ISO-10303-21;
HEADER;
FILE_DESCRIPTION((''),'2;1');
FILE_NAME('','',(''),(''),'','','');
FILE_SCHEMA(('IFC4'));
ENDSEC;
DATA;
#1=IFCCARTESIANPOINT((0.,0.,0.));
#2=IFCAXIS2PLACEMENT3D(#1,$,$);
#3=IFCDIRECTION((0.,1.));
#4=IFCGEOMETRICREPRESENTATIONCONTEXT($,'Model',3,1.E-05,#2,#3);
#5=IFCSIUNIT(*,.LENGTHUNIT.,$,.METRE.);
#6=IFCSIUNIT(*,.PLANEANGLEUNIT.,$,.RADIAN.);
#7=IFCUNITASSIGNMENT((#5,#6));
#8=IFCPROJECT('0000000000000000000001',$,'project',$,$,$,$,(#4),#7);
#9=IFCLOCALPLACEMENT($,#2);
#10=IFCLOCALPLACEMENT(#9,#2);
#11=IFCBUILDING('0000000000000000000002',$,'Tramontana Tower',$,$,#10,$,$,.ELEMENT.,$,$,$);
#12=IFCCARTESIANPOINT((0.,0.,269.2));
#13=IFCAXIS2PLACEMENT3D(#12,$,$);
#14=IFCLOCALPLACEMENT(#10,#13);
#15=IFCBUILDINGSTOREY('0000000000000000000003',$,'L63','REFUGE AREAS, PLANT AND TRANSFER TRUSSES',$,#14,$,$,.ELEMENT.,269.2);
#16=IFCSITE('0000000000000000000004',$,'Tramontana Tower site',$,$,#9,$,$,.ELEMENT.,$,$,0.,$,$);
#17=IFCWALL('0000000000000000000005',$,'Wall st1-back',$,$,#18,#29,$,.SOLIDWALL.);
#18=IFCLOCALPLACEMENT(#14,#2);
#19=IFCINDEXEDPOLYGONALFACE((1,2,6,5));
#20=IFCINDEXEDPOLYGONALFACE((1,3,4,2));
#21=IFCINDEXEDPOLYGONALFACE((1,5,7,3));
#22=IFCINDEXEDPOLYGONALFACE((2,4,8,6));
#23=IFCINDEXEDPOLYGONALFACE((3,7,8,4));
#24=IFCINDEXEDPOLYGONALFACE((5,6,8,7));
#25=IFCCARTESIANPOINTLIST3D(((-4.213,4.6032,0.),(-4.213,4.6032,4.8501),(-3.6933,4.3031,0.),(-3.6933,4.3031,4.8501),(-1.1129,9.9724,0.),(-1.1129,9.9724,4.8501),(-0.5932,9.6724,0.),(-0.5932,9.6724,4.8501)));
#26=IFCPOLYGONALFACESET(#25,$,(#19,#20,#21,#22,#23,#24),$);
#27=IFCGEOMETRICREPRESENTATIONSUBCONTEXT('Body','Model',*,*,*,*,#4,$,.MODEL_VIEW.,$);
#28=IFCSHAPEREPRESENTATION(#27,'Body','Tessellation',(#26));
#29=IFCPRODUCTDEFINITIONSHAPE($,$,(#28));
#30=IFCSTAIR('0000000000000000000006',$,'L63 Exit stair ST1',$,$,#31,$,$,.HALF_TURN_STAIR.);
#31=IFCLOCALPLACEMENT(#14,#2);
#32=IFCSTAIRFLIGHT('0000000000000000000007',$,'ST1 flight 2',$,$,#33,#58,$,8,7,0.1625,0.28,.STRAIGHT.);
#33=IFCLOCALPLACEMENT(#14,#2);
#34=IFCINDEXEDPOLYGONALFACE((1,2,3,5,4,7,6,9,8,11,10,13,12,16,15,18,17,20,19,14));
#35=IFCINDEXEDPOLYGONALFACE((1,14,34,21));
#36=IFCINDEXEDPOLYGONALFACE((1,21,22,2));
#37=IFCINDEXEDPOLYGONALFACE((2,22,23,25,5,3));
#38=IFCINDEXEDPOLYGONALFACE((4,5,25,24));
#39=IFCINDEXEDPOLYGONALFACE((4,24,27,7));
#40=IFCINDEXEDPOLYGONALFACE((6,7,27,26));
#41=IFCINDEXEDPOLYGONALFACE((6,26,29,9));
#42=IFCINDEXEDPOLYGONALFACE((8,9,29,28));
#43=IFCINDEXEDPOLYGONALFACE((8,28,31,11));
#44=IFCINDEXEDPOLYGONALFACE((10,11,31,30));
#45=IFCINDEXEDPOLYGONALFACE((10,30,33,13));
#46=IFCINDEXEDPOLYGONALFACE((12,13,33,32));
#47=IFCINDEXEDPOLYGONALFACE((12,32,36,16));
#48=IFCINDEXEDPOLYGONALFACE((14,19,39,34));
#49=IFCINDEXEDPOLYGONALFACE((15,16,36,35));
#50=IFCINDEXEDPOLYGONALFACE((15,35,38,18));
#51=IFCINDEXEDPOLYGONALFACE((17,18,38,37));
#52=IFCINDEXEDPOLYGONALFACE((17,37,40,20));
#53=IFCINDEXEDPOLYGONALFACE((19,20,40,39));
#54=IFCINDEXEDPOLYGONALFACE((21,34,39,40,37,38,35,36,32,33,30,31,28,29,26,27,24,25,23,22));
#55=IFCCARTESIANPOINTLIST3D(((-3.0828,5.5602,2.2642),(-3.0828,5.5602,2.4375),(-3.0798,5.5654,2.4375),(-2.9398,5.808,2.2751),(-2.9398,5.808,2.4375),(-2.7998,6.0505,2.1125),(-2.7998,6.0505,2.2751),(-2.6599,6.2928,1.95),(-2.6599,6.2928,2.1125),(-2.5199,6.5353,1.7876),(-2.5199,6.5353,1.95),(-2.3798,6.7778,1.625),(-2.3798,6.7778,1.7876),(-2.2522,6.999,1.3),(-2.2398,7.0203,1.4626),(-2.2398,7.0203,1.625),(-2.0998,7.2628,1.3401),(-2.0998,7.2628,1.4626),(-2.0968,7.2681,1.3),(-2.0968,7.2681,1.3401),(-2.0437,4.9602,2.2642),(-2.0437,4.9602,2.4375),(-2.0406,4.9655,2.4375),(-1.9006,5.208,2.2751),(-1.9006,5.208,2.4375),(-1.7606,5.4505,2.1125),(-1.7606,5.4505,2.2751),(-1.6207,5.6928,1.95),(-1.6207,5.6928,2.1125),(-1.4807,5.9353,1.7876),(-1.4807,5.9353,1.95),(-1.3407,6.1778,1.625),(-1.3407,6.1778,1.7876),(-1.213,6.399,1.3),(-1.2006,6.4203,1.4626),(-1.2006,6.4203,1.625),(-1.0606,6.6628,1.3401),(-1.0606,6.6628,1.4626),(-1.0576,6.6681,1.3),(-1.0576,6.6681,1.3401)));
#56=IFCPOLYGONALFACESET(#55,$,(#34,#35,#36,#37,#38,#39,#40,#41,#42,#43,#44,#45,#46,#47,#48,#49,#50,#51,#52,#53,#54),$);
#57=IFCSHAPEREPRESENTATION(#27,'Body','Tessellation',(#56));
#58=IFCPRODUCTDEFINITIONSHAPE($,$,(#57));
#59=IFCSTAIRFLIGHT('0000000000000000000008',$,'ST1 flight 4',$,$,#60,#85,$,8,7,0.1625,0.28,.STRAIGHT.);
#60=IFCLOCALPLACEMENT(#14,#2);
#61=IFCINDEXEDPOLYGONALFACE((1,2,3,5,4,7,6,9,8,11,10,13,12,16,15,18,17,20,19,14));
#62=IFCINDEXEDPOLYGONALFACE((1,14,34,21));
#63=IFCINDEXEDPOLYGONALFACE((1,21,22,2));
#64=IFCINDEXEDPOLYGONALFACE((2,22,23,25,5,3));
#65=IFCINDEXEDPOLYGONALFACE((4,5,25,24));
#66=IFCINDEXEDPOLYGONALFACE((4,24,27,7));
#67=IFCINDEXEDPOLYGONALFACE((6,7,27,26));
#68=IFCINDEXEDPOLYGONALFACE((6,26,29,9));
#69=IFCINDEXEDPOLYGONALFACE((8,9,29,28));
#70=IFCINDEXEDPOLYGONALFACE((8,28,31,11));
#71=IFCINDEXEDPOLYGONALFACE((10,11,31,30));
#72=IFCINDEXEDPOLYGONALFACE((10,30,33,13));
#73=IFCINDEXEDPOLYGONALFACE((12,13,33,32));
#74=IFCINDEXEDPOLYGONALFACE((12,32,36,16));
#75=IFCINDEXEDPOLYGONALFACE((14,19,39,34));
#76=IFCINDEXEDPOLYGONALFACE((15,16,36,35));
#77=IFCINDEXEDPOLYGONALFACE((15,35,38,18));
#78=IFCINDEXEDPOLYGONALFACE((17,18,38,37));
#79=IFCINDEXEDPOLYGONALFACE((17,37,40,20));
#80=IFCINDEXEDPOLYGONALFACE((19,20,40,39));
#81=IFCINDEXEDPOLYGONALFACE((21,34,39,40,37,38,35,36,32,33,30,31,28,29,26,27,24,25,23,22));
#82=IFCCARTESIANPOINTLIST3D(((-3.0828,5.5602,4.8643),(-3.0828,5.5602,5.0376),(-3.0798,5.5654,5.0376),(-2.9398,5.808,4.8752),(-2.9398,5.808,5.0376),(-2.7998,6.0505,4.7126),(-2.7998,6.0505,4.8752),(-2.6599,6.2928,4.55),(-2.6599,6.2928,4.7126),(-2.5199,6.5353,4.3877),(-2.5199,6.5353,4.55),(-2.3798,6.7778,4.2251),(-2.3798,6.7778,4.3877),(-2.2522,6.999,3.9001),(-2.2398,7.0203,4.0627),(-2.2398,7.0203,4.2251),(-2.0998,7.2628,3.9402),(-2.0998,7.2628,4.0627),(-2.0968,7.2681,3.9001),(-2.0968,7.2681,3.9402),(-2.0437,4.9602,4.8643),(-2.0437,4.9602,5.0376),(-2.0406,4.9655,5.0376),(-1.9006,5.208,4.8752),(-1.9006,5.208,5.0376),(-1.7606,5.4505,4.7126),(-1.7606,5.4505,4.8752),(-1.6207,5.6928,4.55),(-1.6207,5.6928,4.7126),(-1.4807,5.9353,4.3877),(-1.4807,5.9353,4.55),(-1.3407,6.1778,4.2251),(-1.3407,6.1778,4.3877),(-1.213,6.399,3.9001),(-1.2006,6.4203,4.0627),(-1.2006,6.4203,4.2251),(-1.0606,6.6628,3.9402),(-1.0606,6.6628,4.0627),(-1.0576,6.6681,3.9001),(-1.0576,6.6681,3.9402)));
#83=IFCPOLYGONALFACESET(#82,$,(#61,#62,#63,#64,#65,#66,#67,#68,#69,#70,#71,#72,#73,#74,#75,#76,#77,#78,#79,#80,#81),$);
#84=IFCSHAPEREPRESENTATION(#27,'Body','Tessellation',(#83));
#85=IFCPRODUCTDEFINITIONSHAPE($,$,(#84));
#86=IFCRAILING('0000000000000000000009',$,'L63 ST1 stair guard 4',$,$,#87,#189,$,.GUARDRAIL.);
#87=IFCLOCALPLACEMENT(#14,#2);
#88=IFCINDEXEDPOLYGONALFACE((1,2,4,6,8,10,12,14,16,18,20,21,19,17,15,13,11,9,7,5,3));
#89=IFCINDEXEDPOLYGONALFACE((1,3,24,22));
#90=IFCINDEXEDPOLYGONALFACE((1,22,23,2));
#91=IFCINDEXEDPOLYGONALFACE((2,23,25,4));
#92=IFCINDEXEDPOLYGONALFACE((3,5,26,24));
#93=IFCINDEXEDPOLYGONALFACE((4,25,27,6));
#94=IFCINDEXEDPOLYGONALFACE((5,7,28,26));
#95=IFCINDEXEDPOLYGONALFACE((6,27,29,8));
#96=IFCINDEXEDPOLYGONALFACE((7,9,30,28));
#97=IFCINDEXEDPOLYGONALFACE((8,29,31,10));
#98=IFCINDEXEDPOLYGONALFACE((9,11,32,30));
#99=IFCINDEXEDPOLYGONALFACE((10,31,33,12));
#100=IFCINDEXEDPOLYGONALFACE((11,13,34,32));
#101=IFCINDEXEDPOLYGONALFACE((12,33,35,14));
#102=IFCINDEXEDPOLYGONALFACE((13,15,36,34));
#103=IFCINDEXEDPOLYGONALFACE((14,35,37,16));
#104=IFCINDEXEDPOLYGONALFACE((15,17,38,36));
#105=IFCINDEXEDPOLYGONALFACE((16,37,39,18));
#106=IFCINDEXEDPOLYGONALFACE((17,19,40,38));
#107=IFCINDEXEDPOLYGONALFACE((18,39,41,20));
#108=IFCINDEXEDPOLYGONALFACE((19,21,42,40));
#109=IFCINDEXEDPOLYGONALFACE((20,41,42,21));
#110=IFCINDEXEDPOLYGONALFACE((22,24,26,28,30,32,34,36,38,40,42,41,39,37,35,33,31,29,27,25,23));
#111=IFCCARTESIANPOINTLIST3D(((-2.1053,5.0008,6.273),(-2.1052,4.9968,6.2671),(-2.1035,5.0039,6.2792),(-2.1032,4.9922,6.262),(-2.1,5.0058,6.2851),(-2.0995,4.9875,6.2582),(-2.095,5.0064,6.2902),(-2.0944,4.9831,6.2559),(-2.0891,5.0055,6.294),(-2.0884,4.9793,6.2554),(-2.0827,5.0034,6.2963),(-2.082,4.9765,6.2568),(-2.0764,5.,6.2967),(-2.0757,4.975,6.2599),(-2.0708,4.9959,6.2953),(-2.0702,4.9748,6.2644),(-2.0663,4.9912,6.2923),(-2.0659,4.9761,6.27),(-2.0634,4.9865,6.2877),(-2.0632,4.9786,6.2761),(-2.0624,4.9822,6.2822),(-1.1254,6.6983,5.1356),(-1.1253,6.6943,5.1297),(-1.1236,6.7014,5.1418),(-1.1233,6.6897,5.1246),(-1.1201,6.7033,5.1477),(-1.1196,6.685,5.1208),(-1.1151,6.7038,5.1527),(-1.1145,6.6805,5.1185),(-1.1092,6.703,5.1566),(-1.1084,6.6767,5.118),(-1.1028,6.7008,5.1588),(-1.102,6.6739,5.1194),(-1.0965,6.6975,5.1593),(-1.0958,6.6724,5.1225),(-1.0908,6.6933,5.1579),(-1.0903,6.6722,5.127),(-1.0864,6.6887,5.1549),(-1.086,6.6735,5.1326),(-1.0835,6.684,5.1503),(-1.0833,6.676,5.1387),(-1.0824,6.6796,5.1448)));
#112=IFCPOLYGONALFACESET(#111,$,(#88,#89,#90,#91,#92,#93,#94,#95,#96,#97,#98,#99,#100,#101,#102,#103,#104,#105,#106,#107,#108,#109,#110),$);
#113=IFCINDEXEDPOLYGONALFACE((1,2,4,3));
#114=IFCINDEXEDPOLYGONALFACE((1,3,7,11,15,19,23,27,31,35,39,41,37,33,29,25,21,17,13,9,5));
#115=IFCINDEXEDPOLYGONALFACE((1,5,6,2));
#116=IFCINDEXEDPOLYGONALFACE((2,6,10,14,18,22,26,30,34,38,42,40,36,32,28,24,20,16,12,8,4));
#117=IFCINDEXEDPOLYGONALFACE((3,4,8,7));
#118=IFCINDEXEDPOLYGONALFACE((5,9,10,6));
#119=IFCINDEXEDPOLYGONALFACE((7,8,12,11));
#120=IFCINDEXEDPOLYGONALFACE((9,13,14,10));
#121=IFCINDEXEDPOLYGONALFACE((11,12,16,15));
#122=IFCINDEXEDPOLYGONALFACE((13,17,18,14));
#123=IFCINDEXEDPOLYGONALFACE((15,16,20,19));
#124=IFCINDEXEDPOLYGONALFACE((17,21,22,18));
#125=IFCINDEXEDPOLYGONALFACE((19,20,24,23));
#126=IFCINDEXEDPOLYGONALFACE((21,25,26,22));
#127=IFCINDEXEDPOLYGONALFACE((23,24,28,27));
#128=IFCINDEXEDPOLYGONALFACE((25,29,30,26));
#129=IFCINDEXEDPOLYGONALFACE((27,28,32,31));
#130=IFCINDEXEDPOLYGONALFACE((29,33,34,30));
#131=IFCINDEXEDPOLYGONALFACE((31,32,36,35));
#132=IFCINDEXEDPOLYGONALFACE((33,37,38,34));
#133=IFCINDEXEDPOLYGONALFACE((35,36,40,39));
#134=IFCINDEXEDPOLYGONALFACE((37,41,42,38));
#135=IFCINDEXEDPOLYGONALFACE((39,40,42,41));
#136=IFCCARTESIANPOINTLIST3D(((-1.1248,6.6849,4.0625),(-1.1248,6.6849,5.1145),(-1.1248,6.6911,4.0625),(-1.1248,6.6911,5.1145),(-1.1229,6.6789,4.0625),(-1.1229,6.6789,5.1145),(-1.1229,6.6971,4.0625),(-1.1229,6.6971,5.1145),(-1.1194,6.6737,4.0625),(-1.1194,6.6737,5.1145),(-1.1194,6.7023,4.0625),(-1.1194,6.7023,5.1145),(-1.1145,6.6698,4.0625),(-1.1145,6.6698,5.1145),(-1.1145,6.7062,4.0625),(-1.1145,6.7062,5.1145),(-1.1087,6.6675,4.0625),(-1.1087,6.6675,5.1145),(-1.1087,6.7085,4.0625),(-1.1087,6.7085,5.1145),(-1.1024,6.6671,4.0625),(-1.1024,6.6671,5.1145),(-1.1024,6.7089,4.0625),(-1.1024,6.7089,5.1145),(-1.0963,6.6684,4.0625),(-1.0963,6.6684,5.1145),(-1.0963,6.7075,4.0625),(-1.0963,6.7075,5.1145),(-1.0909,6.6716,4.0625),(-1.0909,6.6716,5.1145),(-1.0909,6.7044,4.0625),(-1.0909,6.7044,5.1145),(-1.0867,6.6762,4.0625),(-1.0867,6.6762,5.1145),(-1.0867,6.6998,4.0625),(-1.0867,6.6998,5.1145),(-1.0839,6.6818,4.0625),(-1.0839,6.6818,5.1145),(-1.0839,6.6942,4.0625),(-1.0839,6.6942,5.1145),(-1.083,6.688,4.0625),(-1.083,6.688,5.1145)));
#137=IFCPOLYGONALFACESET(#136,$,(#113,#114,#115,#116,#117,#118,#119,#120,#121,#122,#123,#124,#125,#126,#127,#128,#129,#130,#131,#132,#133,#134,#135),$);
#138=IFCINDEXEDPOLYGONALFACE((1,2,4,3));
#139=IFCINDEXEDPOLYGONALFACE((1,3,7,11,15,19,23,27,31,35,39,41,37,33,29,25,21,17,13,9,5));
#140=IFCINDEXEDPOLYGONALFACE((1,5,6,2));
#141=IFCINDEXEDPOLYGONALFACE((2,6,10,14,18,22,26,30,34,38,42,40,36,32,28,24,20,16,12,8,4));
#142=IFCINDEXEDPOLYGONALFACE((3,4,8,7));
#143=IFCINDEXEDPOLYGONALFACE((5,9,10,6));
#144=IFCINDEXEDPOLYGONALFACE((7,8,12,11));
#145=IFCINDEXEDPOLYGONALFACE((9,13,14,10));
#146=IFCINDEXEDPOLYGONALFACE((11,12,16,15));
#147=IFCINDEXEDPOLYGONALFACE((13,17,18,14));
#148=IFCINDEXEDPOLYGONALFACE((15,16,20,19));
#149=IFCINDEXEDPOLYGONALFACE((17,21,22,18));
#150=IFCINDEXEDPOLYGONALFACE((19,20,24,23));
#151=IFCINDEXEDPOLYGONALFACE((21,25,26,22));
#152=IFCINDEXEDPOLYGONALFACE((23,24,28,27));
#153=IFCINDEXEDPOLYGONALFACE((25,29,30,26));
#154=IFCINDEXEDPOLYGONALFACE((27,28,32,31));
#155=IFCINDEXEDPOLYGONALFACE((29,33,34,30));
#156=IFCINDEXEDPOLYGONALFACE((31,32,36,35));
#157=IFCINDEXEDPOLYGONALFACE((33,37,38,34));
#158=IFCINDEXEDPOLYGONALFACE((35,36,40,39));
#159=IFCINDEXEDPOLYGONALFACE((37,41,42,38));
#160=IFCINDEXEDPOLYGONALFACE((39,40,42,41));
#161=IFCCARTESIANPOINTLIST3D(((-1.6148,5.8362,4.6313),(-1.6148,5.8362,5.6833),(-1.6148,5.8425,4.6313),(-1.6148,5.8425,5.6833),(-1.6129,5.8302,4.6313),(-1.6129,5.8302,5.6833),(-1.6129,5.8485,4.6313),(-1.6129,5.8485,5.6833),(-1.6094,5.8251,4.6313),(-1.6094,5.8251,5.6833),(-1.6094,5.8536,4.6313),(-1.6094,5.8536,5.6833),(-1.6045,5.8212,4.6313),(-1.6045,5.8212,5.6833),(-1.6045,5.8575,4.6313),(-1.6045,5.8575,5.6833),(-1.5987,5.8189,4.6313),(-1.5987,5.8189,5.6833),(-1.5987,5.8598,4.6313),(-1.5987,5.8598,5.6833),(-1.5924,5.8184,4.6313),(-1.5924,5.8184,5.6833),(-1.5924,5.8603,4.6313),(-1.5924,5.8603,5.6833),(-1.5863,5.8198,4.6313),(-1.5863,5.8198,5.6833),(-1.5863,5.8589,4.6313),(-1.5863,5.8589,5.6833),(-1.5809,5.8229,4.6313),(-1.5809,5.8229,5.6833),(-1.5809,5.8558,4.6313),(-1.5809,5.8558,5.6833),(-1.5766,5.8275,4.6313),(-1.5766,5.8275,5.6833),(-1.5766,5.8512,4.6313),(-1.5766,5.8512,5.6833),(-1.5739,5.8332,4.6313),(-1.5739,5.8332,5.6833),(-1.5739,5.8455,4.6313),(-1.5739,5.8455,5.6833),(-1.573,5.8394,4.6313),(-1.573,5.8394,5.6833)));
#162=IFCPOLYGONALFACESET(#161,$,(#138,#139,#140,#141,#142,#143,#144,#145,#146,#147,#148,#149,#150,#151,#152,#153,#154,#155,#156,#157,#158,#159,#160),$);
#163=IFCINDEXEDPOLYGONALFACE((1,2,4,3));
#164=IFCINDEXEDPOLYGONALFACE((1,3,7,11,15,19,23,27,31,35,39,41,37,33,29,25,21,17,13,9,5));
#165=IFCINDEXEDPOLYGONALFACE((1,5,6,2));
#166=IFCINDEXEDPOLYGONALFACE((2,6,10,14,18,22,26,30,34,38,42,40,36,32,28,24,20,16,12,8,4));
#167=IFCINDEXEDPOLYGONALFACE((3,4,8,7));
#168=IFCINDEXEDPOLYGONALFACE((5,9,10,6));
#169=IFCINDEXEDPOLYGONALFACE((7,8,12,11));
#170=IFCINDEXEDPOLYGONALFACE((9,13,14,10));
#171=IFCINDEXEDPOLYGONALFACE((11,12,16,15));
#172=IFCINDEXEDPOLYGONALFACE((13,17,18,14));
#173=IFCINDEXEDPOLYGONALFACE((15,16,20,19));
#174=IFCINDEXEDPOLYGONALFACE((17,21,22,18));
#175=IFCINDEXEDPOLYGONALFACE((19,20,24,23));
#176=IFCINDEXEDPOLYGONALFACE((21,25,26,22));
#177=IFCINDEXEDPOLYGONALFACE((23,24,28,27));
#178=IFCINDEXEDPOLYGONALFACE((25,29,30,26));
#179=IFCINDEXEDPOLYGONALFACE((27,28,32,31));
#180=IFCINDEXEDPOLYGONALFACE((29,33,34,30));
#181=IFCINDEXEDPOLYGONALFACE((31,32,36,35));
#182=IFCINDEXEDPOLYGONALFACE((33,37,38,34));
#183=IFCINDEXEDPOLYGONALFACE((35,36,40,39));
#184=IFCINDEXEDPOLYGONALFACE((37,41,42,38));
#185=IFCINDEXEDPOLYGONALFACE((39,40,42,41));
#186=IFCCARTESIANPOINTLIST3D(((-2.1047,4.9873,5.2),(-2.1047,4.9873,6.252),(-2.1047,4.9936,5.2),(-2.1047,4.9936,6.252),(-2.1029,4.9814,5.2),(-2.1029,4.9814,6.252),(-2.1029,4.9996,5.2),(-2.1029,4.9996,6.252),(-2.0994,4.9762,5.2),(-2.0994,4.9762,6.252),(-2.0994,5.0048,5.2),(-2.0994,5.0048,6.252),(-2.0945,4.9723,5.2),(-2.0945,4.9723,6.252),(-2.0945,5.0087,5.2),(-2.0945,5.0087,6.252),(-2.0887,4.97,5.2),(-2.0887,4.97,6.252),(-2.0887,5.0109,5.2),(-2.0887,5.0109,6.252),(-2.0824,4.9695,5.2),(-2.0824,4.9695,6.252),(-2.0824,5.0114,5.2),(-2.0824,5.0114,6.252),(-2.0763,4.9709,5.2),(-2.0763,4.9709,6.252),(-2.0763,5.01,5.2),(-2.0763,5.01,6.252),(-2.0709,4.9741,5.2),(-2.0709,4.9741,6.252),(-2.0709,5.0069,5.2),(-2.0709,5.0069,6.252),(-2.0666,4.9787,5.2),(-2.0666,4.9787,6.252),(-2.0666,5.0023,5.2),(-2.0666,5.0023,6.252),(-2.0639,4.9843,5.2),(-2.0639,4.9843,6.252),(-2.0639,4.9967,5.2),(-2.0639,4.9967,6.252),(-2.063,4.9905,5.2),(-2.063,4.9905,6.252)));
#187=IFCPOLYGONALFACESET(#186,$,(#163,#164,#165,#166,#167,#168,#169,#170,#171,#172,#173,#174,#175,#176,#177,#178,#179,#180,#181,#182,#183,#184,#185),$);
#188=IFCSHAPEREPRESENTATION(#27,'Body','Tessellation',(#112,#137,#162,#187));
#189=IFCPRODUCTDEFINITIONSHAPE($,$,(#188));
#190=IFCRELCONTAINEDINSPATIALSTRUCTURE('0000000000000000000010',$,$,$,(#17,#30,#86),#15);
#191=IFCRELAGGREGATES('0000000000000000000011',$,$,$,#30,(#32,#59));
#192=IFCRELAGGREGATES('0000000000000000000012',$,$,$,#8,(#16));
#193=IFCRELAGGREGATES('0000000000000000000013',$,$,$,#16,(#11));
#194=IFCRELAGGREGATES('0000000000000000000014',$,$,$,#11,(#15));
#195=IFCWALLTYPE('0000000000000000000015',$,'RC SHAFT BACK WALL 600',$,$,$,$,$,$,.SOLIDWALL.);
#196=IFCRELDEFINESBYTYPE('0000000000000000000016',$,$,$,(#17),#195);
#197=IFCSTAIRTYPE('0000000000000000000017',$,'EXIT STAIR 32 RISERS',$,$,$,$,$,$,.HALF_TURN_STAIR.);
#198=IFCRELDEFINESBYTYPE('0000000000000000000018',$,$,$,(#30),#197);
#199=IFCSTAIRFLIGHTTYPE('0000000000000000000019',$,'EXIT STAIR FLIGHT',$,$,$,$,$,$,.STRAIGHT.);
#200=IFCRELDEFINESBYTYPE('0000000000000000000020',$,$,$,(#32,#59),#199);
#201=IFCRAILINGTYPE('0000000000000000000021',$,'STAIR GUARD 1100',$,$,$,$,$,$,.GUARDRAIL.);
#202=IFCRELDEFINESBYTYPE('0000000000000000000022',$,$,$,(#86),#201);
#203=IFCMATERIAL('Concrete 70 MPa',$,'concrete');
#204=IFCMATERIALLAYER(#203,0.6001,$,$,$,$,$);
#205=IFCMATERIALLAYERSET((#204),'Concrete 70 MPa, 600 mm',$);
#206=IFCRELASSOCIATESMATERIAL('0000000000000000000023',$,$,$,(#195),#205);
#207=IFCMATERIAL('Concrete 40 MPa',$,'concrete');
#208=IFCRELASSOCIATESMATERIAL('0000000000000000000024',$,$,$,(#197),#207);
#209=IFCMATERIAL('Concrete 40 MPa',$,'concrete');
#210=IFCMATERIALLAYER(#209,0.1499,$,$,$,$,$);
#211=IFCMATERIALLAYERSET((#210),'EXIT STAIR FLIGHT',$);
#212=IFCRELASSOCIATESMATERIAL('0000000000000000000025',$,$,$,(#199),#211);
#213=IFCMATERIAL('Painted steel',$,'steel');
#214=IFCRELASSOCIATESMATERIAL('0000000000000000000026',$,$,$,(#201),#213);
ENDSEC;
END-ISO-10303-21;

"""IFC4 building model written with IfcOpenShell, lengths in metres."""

from ifc_helpers import new_model, si_unit, direction, frame, frame_2d, origin, origin_2d, place, context, subcontext, project, spatial, polyline, rectangle, circle, outline, extrude, material, layer, layer_set, type_object, element, aggregate, save


model = new_model("IFC4")

# Units and contexts
model_context = context("Model", 3, precision=1e-05, world=origin(), true_north=direction((0.0, 1.0)))
body_context = subcontext(model_context, "Body", "Model", "MODEL_VIEW")
ifc_project = project(units=[si_unit("LENGTHUNIT", "METRE"), si_unit("PLANEANGLEUNIT", "RADIAN")], contexts=[model_context])

# Site, building, storey
site_placement = place(None, origin())
site = spatial("IfcSite", under=ifc_project, at=site_placement, Name="Tramontana Tower site", CompositionType="ELEMENT", RefElevation=0.0)
building_placement = place(site_placement, origin())
building = spatial("IfcBuilding", under=site, at=building_placement, Name="Tramontana Tower", CompositionType="ELEMENT")
storey_placement = place(building_placement, frame((0.0, 0.0, 269.2)))
storey = spatial("IfcBuildingStorey", under=building, at=storey_placement, Name="L63", Description="REFUGE AREAS, PLANT AND TRANSFER TRUSSES", CompositionType="ELEMENT", Elevation=269.2)

# Wall
ifc_material_1 = material(Name="Concrete 70 MPa", Category="concrete")
ifc_layer_1 = layer(ifc_material_1, 0.6001)
ifc_layer_set_1 = layer_set([ifc_layer_1], Name="Concrete 70 MPa, 600 mm")
wall_type_1 = type_object("IfcWallType", Name="RC SHAFT BACK WALL 600", PredefinedType="SOLIDWALL", material=ifc_layer_set_1)
wall_1_placement = place(storey_placement, frame((-0.853, 9.8225, 0.0), z_axis=(0.0, 0.0, 1.0), x_axis=(-0.50001, -0.86602, 0.0)))
element("IfcWall", 1, at=wall_1_placement, inside=storey, type_object=wall_type_1, Name="Wall st1-back", PredefinedType="SOLIDWALL", context=body_context, shape_type="SweptSolid", body=[
    extrude(rectangle(XDim=6.2, YDim=0.6001, at=frame_2d((3.1001, 0.0))), origin(), (0.0, 0.0, 1.0), 4.8501),
])

# Stair, stair flights
ifc_material_2 = material(Name="Concrete 40 MPa", Category="concrete")
stair_type = type_object("IfcStairType", Name="EXIT STAIR 32 RISERS", PredefinedType="HALF_TURN_STAIR", material=ifc_material_2)
stair_placement = place(storey_placement, origin())
stair = element("IfcStair", 2, at=stair_placement, inside=storey, type_object=stair_type, Name="L63 Exit stair ST1", PredefinedType="HALF_TURN_STAIR")
ifc_material_3 = material(Name="Concrete 40 MPa", Category="concrete")
ifc_layer_2 = layer(ifc_material_3, 0.1499)
ifc_layer_set_2 = layer_set([ifc_layer_2], Name="EXIT STAIR FLIGHT")
stair_flight_type = type_object("IfcStairFlightType", Name="EXIT STAIR FLIGHT", PredefinedType="STRAIGHT", material=ifc_layer_set_2)
stair_flight_1_placement = place(storey_placement, frame((-1.5803, 6.9629, 1.3), z_axis=(0.0, 0.0, 1.0), x_axis=(-0.5, -0.866025, 0.0)))
stair_flight_1 = element("IfcStairFlight", 3, at=stair_flight_1_placement, type_object=stair_flight_type, Name="ST1 flight 2", NumberOfRisers=8, NumberOfTreads=7, PredefinedType="STRAIGHT", RiserHeight=0.1625, TreadLength=0.28, context=body_context, shape_type="SweptSolid", body=[
    extrude(outline(polyline([(-0.0061, 0.0), (-0.0061, 0.04), (0.0, 0.04), (0.0, 0.1626), (0.28, 0.1626), (0.28, 0.325), (0.5601, 0.325), (0.5601, 0.4875), (0.8401, 0.4875), (0.8401, 0.6499), (1.1201, 0.6499), (1.1201, 0.8125), (1.3999, 0.8125), (1.3999, 0.9751), (1.6799, 0.9751), (1.6799, 1.1375), (1.96, 1.1375), (1.9661, 1.1375), (1.9661, 0.9641), (0.3047, 0.0), (-0.0061, 0.0)])), frame((0.0, 0.6001, 0.0), z_axis=(0.0, -1.0, 0.0), x_axis=(1.0, 0.0, 0.0)), (0.0, 0.0, 1.0), 1.2),
])
stair_flight_2_placement = place(storey_placement, frame((-1.5803, 6.9629, 3.9001), z_axis=(0.0, 0.0, 1.0), x_axis=(-0.5, -0.866025, 0.0)))
stair_flight_2 = element("IfcStairFlight", 4, at=stair_flight_2_placement, type_object=stair_flight_type, Name="ST1 flight 4", NumberOfRisers=8, NumberOfTreads=7, PredefinedType="STRAIGHT", RiserHeight=0.1625, TreadLength=0.28, context=body_context, shape_type="SweptSolid", body=[
    extrude(outline(polyline([(-0.0061, 0.0), (-0.0061, 0.04), (0.0, 0.04), (0.0, 0.1626), (0.28, 0.1626), (0.28, 0.325), (0.5601, 0.325), (0.5601, 0.4875), (0.8401, 0.4875), (0.8401, 0.6499), (1.1201, 0.6499), (1.1201, 0.8125), (1.3999, 0.8125), (1.3999, 0.9751), (1.6799, 0.9751), (1.6799, 1.1375), (1.96, 1.1375), (1.9661, 1.1375), (1.9661, 0.9641), (0.3047, 0.0), (-0.0061, 0.0)])), frame((0.0, 0.6001, 0.0), z_axis=(0.0, -1.0, 0.0), x_axis=(1.0, 0.0, 0.0)), (0.0, 0.0, 1.0), 1.2),
])
aggregate(stair, [stair_flight_1, stair_flight_2])

# Railing
ifc_material_4 = material(Name="Painted steel", Category="steel")
railing_type_1 = type_object("IfcRailingType", Name="STAIR GUARD 1100", PredefinedType="GUARDRAIL", material=ifc_material_4)
railing_1_placement = place(storey_placement, frame((-1.104, 6.688, 4.0625)))
element("IfcRailing", 5, at=railing_1_placement, inside=storey, type_object=railing_type_1, Name="L63 ST1 stair guard 4", PredefinedType="GUARDRAIL", context=body_context, shape_type="SweptSolid", body=[
    extrude(circle(Radius=0.0239, at=origin_2d()), frame((0.0, 0.0, 1.0762), z_axis=(-0.432432, -0.749053, 0.501918), x_axis=(0.866042, -0.49997, 0.0)), (0.0, 0.0, 1.0), 2.2661),
    extrude(circle(Radius=0.021, at=origin_2d()), origin(), (0.0, 0.0, 1.0), 1.052),
    extrude(circle(Radius=0.021, at=origin_2d()), frame((-0.49, -0.8486, 0.5688)), (0.0, 0.0, 1.0), 1.052),
    extrude(circle(Radius=0.021, at=origin_2d()), frame((-0.98, -1.6975, 1.1375)), (0.0, 0.0, 1.0), 1.052),
])

save(model, "model.ifc")
